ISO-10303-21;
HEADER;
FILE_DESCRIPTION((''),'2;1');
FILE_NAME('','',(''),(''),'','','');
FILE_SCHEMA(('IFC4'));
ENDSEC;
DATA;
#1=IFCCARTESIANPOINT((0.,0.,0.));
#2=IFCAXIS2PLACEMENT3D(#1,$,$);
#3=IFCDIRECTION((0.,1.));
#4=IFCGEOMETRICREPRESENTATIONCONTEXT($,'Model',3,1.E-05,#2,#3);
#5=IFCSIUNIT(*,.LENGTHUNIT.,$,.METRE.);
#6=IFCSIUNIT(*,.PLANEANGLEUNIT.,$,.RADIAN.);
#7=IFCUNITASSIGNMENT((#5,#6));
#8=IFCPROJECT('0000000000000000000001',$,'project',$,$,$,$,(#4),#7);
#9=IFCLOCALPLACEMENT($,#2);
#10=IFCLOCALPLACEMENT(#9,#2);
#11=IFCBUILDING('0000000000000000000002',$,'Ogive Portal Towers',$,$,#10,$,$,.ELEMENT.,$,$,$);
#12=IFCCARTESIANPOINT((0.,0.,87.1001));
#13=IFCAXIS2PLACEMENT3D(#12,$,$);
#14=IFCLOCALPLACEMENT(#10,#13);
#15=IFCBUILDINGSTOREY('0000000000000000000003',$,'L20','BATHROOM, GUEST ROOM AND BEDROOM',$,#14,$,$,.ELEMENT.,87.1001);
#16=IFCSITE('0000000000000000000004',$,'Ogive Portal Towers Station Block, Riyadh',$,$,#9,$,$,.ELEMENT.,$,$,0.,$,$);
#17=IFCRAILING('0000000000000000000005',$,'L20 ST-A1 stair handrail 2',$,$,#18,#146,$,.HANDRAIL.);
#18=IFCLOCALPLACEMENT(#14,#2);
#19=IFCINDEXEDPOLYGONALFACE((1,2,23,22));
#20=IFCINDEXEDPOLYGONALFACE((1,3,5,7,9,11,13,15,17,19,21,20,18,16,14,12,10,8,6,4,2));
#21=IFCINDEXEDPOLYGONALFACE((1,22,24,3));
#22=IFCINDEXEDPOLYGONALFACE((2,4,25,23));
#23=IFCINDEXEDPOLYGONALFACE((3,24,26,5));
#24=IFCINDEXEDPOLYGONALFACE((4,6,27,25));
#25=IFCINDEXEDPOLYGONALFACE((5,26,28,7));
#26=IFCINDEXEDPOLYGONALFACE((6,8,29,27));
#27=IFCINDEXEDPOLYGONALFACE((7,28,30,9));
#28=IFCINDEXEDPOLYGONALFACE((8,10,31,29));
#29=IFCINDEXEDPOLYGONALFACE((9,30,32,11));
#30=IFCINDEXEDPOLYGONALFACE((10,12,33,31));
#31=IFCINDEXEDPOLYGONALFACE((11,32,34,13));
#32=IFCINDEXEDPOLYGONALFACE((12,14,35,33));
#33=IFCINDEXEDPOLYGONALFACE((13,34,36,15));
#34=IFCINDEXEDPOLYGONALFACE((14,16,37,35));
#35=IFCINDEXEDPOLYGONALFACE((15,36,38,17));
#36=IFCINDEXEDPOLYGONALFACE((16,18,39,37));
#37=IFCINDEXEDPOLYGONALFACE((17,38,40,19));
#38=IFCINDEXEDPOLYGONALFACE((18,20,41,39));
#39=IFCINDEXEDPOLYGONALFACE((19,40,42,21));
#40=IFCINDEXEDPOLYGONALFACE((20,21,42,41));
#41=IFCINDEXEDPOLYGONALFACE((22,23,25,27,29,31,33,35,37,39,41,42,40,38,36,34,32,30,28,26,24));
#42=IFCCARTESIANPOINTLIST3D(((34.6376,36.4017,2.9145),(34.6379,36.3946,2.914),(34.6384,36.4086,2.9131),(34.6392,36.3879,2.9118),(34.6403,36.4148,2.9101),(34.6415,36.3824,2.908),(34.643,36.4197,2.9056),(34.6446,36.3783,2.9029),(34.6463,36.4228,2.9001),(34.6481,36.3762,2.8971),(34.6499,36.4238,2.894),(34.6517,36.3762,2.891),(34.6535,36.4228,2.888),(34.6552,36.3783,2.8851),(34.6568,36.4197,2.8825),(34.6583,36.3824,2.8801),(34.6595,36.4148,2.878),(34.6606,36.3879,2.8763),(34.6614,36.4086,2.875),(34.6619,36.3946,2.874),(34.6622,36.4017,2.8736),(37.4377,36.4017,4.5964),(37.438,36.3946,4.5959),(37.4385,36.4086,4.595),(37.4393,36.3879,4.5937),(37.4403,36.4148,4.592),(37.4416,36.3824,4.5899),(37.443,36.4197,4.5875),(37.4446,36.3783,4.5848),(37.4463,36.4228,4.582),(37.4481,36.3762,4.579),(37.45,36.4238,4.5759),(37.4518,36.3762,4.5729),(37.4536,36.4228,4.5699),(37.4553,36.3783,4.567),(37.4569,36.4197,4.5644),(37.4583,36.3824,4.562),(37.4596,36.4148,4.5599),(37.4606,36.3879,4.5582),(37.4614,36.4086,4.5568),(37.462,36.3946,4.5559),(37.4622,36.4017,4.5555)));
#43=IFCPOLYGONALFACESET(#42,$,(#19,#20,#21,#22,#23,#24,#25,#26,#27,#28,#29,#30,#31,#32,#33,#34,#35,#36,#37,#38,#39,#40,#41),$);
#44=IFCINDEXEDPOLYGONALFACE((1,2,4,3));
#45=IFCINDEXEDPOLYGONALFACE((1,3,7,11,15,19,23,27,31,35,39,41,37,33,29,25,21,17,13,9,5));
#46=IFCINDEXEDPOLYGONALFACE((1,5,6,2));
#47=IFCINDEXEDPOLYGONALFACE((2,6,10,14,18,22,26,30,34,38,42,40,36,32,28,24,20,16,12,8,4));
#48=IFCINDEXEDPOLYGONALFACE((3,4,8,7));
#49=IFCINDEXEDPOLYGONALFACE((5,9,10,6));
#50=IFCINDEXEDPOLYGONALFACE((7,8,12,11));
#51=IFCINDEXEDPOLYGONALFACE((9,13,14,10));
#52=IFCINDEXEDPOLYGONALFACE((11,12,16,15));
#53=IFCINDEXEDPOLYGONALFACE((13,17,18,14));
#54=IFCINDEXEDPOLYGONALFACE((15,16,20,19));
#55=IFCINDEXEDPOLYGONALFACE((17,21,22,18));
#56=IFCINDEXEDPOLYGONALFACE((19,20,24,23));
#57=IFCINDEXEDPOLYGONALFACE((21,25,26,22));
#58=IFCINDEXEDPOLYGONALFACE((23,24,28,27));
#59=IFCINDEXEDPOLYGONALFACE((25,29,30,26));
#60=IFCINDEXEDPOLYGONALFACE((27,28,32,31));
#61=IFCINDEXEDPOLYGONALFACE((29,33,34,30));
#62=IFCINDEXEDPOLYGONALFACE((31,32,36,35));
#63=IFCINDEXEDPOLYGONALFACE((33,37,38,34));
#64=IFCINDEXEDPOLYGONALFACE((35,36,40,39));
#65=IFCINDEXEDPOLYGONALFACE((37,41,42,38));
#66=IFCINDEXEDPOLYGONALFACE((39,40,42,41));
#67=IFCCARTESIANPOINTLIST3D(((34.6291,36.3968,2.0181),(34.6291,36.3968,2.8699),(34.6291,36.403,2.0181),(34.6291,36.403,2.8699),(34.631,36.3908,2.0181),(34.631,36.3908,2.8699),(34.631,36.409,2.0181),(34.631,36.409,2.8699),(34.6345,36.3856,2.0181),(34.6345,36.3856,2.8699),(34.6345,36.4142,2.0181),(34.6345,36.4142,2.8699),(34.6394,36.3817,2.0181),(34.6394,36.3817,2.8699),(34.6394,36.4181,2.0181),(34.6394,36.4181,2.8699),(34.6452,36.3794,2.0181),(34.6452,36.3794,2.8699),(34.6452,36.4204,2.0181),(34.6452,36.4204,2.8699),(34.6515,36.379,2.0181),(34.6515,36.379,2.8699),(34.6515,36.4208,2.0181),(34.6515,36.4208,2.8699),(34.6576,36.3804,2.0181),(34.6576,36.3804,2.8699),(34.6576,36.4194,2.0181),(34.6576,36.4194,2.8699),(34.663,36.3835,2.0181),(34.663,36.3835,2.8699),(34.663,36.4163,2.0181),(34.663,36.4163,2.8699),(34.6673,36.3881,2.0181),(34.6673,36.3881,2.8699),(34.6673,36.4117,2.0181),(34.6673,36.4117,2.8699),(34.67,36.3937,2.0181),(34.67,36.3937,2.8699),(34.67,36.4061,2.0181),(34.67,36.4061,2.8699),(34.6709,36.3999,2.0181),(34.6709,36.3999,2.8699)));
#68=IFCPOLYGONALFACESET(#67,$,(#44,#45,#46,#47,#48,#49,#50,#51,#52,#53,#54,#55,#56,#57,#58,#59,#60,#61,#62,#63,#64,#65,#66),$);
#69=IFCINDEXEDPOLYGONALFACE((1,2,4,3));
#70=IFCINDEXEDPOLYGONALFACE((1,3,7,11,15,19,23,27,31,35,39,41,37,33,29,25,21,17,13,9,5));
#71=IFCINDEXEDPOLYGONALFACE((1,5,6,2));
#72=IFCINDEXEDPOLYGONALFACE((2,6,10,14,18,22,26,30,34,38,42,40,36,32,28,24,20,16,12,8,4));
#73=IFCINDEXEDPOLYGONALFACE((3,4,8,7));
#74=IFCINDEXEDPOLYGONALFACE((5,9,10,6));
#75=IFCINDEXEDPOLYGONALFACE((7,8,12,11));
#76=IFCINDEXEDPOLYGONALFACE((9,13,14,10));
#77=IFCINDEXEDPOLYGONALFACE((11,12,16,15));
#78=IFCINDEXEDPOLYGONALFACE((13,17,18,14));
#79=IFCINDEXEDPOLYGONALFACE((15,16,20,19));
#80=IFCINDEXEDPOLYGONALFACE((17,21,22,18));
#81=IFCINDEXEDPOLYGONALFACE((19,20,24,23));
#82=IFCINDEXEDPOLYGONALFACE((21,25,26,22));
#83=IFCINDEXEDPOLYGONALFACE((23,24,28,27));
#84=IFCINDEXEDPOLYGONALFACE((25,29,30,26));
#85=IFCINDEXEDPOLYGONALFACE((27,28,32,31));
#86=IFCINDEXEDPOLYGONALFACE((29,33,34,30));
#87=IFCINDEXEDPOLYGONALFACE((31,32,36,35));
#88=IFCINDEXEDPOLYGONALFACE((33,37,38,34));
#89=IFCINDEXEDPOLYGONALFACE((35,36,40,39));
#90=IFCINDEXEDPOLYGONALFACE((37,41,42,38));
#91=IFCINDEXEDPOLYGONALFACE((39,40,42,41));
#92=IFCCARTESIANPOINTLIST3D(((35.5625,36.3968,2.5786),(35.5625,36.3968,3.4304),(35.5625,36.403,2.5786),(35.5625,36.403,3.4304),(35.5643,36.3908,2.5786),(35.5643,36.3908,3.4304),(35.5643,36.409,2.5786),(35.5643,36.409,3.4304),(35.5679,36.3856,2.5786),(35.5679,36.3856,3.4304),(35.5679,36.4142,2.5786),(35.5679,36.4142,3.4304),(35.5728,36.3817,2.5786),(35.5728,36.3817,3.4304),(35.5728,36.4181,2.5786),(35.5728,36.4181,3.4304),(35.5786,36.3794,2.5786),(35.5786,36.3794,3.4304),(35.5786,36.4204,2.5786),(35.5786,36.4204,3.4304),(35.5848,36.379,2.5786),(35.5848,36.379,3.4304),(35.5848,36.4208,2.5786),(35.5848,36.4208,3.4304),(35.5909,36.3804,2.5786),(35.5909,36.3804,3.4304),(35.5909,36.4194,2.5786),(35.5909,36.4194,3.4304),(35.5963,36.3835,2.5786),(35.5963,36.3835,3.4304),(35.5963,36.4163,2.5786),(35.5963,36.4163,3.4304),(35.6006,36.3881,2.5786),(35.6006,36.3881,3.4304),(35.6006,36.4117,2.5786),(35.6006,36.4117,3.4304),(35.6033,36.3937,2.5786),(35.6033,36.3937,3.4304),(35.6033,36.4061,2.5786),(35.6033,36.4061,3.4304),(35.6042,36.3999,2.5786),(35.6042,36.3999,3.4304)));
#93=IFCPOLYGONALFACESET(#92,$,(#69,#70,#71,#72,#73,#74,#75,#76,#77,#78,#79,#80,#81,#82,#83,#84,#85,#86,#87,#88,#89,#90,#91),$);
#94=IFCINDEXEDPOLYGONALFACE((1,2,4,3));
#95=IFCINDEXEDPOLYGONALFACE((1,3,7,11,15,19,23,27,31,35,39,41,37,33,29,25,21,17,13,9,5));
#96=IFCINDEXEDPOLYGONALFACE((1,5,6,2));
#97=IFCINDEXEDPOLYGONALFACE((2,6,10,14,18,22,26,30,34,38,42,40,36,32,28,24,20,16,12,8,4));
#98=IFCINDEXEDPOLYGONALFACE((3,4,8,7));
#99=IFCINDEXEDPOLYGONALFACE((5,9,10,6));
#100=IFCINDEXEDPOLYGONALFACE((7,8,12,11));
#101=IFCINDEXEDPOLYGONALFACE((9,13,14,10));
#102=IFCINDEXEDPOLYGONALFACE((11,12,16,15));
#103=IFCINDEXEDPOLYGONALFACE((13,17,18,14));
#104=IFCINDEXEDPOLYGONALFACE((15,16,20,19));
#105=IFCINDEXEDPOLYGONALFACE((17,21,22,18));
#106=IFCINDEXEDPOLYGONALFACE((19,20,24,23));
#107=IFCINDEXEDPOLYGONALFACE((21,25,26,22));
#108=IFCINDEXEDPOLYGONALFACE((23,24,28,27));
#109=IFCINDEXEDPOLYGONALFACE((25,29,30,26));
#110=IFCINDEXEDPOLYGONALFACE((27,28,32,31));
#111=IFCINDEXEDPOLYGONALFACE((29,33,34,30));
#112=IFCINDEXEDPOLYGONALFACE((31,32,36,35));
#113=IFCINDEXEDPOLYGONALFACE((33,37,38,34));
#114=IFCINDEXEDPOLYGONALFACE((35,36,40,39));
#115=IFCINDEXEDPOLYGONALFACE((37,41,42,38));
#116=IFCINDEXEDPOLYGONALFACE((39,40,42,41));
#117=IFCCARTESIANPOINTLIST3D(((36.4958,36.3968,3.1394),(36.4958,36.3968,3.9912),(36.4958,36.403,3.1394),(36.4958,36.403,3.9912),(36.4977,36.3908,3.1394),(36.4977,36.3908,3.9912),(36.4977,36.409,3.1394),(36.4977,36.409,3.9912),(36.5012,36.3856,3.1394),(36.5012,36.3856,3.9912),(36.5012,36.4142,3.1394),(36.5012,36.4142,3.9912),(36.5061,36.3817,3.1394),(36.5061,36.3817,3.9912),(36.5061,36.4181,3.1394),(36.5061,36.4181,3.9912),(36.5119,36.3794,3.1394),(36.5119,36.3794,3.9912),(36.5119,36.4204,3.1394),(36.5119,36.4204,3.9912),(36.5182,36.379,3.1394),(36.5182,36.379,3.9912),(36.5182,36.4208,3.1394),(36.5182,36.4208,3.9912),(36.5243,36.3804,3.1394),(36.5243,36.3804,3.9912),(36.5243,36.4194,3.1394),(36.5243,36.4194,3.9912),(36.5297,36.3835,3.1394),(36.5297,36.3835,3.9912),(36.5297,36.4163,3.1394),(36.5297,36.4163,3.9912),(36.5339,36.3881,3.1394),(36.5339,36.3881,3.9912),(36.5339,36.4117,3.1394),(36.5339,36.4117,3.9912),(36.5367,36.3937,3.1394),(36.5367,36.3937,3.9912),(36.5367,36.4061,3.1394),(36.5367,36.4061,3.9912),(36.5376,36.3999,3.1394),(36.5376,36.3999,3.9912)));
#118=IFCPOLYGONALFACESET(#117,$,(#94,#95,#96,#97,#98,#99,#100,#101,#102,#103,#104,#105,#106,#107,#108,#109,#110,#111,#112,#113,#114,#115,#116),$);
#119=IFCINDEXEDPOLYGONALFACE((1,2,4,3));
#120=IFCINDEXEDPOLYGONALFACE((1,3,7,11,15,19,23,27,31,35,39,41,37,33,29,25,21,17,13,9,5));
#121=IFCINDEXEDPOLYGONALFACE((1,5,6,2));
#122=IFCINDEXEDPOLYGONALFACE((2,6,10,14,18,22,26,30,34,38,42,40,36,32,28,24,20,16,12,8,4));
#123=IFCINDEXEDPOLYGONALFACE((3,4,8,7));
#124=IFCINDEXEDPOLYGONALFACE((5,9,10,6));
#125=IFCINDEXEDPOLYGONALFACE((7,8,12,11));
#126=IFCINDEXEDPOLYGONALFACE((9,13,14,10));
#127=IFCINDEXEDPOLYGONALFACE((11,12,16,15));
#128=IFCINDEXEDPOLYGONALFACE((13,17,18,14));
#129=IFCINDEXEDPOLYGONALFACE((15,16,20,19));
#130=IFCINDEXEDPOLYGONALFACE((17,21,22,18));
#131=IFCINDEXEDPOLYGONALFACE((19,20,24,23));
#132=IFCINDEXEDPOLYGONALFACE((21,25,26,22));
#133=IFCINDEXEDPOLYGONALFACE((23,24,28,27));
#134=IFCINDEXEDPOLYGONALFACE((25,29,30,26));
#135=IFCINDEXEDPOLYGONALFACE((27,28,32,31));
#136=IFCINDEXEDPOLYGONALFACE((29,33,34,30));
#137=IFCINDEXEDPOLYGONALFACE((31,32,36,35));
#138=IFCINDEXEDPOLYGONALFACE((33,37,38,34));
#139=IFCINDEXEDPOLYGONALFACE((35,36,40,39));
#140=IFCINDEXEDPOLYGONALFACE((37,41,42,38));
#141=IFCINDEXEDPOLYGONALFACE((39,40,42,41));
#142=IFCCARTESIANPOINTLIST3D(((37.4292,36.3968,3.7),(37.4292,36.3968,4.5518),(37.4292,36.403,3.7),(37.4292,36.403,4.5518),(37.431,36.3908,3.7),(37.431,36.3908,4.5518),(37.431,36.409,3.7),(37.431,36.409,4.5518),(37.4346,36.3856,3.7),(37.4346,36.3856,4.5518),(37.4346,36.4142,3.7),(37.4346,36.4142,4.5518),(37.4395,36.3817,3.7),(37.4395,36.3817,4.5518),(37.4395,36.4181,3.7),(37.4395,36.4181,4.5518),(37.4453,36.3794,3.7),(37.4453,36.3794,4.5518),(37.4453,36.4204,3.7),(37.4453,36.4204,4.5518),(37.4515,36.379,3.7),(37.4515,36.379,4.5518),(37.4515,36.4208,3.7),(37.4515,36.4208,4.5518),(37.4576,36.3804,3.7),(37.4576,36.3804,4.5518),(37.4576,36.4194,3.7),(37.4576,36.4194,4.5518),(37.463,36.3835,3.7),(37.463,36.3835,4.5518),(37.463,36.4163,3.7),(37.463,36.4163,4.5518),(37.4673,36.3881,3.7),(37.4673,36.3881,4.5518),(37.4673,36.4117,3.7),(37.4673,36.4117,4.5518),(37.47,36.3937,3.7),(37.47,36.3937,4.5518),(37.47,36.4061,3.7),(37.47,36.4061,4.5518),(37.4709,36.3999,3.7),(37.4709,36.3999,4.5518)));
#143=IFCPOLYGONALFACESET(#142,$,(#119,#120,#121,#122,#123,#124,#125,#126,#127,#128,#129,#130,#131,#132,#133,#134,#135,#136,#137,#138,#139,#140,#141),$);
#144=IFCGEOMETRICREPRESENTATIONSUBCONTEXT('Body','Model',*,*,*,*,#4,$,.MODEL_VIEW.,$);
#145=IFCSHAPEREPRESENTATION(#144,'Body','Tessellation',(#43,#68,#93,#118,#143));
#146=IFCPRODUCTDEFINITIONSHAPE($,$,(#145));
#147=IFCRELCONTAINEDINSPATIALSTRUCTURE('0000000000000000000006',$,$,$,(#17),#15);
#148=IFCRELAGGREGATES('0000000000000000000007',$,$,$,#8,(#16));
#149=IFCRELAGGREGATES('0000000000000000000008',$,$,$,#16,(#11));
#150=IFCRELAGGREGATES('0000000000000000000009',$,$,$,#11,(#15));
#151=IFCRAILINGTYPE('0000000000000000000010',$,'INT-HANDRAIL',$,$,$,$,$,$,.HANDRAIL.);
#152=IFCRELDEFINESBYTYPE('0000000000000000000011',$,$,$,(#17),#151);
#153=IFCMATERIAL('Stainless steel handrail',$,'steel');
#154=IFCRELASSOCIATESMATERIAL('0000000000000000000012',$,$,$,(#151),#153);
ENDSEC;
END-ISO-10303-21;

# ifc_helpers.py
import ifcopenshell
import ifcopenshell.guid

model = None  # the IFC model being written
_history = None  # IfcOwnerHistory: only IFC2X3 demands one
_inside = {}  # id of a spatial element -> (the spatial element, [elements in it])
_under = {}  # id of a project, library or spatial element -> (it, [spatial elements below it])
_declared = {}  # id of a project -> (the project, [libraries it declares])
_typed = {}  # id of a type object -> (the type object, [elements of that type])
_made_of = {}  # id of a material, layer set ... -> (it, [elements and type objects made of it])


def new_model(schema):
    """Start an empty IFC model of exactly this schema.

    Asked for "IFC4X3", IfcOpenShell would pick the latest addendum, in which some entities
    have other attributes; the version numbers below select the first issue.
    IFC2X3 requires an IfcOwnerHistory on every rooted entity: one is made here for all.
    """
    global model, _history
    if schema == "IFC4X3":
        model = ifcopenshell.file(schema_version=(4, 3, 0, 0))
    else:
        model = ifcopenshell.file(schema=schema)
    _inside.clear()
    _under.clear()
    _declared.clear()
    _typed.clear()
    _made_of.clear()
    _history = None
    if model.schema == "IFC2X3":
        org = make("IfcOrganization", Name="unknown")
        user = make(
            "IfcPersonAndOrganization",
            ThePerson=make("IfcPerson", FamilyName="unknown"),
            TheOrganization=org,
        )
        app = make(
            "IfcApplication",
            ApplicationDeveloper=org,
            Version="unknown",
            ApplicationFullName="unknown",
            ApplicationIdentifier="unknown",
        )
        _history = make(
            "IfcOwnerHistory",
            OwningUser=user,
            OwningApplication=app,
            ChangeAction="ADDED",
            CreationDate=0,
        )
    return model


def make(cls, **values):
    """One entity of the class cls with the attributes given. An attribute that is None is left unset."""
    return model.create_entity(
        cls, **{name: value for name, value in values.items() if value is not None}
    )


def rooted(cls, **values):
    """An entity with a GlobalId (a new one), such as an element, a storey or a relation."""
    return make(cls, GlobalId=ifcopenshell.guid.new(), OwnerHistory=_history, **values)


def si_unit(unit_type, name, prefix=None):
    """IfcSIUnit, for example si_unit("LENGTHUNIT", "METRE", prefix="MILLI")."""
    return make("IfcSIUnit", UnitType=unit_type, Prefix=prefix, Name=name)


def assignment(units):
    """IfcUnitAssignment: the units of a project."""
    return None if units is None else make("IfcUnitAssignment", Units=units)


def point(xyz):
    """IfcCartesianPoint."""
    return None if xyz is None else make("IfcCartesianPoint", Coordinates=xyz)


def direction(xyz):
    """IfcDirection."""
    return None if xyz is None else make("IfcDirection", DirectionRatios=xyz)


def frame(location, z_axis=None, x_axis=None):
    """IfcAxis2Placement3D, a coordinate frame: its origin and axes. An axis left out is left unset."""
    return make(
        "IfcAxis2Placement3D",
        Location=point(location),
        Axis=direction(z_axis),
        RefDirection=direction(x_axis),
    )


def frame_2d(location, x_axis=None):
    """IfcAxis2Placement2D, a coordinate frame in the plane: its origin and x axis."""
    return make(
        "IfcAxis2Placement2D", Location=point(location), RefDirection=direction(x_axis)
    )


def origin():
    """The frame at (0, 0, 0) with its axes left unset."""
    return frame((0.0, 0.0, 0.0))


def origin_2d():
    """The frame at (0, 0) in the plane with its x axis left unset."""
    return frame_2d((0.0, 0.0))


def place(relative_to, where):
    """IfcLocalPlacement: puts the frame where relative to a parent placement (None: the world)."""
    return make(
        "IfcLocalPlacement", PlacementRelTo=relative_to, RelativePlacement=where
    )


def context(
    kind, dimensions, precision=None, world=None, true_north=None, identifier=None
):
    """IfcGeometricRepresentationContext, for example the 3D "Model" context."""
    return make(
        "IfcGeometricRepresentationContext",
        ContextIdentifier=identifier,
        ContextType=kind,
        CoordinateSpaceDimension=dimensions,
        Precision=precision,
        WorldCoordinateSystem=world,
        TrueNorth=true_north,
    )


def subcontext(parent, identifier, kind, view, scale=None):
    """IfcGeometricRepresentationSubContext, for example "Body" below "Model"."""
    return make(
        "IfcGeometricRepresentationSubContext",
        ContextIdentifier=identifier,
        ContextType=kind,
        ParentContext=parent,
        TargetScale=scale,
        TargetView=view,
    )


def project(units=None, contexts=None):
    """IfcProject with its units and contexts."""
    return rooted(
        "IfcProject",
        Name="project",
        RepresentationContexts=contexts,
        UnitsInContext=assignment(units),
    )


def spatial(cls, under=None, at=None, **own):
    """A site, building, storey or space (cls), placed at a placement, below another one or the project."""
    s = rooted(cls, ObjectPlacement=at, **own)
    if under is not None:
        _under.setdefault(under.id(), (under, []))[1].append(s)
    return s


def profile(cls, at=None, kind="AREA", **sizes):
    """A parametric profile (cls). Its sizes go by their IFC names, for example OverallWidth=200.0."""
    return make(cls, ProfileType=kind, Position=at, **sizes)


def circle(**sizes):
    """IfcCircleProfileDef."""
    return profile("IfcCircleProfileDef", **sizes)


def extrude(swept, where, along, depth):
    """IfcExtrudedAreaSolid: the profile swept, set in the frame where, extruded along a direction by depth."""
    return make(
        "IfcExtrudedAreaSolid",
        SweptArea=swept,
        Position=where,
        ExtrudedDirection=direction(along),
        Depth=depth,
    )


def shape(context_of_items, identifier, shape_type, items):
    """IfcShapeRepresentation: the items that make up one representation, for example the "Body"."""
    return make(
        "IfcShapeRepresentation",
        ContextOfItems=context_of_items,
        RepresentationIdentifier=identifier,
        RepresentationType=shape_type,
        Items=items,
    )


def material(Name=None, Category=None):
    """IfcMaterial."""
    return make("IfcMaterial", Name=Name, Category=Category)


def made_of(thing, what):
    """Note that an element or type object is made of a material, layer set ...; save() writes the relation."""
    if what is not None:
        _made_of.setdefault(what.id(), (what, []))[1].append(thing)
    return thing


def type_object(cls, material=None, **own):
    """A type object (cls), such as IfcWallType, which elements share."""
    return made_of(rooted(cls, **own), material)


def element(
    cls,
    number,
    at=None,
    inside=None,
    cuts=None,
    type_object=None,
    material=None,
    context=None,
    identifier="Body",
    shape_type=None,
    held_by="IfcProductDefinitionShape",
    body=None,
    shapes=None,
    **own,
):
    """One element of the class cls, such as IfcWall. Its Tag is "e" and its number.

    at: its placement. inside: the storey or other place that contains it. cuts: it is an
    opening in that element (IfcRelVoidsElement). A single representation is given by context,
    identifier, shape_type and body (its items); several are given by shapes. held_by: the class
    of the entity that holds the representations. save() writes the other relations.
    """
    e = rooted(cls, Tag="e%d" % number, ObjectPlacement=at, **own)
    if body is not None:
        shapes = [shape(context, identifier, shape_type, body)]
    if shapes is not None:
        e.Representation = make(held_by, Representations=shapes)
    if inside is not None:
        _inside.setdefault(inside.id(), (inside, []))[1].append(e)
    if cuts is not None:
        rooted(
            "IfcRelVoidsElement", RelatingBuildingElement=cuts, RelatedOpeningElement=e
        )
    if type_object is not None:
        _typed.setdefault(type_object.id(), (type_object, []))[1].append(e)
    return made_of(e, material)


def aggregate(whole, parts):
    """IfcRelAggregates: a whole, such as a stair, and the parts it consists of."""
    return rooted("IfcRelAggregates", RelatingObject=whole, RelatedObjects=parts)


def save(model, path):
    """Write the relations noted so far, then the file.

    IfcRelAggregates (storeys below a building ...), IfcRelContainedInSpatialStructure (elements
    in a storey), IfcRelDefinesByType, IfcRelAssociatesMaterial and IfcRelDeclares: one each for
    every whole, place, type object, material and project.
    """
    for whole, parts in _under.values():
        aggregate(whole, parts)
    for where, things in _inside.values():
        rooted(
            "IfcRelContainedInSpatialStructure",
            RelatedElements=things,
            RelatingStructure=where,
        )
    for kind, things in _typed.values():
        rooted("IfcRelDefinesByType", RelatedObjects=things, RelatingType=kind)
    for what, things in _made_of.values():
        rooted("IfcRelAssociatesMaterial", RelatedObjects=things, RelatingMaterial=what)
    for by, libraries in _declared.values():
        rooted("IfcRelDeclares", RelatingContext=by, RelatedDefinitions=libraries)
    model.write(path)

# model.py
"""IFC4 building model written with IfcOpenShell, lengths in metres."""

from ifc_helpers import new_model, si_unit, direction, frame, origin, origin_2d, place, context, subcontext, project, spatial, circle, extrude, material, type_object, element, save


model = new_model("IFC4")

# Units and contexts
model_context = context("Model", 3, precision=1e-05, world=origin(), true_north=direction((0.0, 1.0)))
body_context = subcontext(model_context, "Body", "Model", "MODEL_VIEW")
ifc_project = project(units=[si_unit("LENGTHUNIT", "METRE"), si_unit("PLANEANGLEUNIT", "RADIAN")], contexts=[model_context])

# Site, building, storey
site_placement = place(None, origin())
site = spatial("IfcSite", under=ifc_project, at=site_placement, Name="Ogive Portal Towers Station Block, Riyadh", CompositionType="ELEMENT", RefElevation=0.0)
building_placement = place(site_placement, origin())
building = spatial("IfcBuilding", under=site, at=building_placement, Name="Ogive Portal Towers", CompositionType="ELEMENT")
storey_placement = place(building_placement, frame((0.0, 0.0, 87.1001)))
storey = spatial("IfcBuildingStorey", under=building, at=storey_placement, Name="L20", Description="BATHROOM, GUEST ROOM AND BEDROOM", CompositionType="ELEMENT", Elevation=87.1001)

# Railing
ifc_material_1 = material(Name="Stainless steel handrail", Category="steel")
railing_type_1 = type_object("IfcRailingType", Name="INT-HANDRAIL", PredefinedType="HANDRAIL", material=ifc_material_1)
railing_1_placement = place(storey_placement, frame((34.6499, 36.3999, 2.0181)))
element("IfcRailing", 1, at=railing_1_placement, inside=storey, type_object=railing_type_1, Name="L20 ST-A1 stair handrail 2", PredefinedType="HANDRAIL", context=body_context, shape_type="SweptSolid", body=[
    extrude(circle(Radius=0.0239, at=origin_2d()), frame((0.0, 0.0, 0.876), z_axis=(0.857242, 0.0, 0.514913), x_axis=(0.0, 1.0, 0.0)), (0.0, 0.0, 1.0), 3.2664),
    extrude(circle(Radius=0.021, at=origin_2d()), origin(), (0.0, 0.0, 1.0), 0.8518),
    extrude(circle(Radius=0.021, at=origin_2d()), frame((0.9333, 0.0, 0.5605)), (0.0, 0.0, 1.0), 0.8518),
    extrude(circle(Radius=0.021, at=origin_2d()), frame((1.8667, 0.0, 1.1213)), (0.0, 0.0, 1.0), 0.8518),
    extrude(circle(Radius=0.021, at=origin_2d()), frame((2.8, 0.0, 1.6819)), (0.0, 0.0, 1.0), 0.8518),
])

save(model, "model.ifc")
